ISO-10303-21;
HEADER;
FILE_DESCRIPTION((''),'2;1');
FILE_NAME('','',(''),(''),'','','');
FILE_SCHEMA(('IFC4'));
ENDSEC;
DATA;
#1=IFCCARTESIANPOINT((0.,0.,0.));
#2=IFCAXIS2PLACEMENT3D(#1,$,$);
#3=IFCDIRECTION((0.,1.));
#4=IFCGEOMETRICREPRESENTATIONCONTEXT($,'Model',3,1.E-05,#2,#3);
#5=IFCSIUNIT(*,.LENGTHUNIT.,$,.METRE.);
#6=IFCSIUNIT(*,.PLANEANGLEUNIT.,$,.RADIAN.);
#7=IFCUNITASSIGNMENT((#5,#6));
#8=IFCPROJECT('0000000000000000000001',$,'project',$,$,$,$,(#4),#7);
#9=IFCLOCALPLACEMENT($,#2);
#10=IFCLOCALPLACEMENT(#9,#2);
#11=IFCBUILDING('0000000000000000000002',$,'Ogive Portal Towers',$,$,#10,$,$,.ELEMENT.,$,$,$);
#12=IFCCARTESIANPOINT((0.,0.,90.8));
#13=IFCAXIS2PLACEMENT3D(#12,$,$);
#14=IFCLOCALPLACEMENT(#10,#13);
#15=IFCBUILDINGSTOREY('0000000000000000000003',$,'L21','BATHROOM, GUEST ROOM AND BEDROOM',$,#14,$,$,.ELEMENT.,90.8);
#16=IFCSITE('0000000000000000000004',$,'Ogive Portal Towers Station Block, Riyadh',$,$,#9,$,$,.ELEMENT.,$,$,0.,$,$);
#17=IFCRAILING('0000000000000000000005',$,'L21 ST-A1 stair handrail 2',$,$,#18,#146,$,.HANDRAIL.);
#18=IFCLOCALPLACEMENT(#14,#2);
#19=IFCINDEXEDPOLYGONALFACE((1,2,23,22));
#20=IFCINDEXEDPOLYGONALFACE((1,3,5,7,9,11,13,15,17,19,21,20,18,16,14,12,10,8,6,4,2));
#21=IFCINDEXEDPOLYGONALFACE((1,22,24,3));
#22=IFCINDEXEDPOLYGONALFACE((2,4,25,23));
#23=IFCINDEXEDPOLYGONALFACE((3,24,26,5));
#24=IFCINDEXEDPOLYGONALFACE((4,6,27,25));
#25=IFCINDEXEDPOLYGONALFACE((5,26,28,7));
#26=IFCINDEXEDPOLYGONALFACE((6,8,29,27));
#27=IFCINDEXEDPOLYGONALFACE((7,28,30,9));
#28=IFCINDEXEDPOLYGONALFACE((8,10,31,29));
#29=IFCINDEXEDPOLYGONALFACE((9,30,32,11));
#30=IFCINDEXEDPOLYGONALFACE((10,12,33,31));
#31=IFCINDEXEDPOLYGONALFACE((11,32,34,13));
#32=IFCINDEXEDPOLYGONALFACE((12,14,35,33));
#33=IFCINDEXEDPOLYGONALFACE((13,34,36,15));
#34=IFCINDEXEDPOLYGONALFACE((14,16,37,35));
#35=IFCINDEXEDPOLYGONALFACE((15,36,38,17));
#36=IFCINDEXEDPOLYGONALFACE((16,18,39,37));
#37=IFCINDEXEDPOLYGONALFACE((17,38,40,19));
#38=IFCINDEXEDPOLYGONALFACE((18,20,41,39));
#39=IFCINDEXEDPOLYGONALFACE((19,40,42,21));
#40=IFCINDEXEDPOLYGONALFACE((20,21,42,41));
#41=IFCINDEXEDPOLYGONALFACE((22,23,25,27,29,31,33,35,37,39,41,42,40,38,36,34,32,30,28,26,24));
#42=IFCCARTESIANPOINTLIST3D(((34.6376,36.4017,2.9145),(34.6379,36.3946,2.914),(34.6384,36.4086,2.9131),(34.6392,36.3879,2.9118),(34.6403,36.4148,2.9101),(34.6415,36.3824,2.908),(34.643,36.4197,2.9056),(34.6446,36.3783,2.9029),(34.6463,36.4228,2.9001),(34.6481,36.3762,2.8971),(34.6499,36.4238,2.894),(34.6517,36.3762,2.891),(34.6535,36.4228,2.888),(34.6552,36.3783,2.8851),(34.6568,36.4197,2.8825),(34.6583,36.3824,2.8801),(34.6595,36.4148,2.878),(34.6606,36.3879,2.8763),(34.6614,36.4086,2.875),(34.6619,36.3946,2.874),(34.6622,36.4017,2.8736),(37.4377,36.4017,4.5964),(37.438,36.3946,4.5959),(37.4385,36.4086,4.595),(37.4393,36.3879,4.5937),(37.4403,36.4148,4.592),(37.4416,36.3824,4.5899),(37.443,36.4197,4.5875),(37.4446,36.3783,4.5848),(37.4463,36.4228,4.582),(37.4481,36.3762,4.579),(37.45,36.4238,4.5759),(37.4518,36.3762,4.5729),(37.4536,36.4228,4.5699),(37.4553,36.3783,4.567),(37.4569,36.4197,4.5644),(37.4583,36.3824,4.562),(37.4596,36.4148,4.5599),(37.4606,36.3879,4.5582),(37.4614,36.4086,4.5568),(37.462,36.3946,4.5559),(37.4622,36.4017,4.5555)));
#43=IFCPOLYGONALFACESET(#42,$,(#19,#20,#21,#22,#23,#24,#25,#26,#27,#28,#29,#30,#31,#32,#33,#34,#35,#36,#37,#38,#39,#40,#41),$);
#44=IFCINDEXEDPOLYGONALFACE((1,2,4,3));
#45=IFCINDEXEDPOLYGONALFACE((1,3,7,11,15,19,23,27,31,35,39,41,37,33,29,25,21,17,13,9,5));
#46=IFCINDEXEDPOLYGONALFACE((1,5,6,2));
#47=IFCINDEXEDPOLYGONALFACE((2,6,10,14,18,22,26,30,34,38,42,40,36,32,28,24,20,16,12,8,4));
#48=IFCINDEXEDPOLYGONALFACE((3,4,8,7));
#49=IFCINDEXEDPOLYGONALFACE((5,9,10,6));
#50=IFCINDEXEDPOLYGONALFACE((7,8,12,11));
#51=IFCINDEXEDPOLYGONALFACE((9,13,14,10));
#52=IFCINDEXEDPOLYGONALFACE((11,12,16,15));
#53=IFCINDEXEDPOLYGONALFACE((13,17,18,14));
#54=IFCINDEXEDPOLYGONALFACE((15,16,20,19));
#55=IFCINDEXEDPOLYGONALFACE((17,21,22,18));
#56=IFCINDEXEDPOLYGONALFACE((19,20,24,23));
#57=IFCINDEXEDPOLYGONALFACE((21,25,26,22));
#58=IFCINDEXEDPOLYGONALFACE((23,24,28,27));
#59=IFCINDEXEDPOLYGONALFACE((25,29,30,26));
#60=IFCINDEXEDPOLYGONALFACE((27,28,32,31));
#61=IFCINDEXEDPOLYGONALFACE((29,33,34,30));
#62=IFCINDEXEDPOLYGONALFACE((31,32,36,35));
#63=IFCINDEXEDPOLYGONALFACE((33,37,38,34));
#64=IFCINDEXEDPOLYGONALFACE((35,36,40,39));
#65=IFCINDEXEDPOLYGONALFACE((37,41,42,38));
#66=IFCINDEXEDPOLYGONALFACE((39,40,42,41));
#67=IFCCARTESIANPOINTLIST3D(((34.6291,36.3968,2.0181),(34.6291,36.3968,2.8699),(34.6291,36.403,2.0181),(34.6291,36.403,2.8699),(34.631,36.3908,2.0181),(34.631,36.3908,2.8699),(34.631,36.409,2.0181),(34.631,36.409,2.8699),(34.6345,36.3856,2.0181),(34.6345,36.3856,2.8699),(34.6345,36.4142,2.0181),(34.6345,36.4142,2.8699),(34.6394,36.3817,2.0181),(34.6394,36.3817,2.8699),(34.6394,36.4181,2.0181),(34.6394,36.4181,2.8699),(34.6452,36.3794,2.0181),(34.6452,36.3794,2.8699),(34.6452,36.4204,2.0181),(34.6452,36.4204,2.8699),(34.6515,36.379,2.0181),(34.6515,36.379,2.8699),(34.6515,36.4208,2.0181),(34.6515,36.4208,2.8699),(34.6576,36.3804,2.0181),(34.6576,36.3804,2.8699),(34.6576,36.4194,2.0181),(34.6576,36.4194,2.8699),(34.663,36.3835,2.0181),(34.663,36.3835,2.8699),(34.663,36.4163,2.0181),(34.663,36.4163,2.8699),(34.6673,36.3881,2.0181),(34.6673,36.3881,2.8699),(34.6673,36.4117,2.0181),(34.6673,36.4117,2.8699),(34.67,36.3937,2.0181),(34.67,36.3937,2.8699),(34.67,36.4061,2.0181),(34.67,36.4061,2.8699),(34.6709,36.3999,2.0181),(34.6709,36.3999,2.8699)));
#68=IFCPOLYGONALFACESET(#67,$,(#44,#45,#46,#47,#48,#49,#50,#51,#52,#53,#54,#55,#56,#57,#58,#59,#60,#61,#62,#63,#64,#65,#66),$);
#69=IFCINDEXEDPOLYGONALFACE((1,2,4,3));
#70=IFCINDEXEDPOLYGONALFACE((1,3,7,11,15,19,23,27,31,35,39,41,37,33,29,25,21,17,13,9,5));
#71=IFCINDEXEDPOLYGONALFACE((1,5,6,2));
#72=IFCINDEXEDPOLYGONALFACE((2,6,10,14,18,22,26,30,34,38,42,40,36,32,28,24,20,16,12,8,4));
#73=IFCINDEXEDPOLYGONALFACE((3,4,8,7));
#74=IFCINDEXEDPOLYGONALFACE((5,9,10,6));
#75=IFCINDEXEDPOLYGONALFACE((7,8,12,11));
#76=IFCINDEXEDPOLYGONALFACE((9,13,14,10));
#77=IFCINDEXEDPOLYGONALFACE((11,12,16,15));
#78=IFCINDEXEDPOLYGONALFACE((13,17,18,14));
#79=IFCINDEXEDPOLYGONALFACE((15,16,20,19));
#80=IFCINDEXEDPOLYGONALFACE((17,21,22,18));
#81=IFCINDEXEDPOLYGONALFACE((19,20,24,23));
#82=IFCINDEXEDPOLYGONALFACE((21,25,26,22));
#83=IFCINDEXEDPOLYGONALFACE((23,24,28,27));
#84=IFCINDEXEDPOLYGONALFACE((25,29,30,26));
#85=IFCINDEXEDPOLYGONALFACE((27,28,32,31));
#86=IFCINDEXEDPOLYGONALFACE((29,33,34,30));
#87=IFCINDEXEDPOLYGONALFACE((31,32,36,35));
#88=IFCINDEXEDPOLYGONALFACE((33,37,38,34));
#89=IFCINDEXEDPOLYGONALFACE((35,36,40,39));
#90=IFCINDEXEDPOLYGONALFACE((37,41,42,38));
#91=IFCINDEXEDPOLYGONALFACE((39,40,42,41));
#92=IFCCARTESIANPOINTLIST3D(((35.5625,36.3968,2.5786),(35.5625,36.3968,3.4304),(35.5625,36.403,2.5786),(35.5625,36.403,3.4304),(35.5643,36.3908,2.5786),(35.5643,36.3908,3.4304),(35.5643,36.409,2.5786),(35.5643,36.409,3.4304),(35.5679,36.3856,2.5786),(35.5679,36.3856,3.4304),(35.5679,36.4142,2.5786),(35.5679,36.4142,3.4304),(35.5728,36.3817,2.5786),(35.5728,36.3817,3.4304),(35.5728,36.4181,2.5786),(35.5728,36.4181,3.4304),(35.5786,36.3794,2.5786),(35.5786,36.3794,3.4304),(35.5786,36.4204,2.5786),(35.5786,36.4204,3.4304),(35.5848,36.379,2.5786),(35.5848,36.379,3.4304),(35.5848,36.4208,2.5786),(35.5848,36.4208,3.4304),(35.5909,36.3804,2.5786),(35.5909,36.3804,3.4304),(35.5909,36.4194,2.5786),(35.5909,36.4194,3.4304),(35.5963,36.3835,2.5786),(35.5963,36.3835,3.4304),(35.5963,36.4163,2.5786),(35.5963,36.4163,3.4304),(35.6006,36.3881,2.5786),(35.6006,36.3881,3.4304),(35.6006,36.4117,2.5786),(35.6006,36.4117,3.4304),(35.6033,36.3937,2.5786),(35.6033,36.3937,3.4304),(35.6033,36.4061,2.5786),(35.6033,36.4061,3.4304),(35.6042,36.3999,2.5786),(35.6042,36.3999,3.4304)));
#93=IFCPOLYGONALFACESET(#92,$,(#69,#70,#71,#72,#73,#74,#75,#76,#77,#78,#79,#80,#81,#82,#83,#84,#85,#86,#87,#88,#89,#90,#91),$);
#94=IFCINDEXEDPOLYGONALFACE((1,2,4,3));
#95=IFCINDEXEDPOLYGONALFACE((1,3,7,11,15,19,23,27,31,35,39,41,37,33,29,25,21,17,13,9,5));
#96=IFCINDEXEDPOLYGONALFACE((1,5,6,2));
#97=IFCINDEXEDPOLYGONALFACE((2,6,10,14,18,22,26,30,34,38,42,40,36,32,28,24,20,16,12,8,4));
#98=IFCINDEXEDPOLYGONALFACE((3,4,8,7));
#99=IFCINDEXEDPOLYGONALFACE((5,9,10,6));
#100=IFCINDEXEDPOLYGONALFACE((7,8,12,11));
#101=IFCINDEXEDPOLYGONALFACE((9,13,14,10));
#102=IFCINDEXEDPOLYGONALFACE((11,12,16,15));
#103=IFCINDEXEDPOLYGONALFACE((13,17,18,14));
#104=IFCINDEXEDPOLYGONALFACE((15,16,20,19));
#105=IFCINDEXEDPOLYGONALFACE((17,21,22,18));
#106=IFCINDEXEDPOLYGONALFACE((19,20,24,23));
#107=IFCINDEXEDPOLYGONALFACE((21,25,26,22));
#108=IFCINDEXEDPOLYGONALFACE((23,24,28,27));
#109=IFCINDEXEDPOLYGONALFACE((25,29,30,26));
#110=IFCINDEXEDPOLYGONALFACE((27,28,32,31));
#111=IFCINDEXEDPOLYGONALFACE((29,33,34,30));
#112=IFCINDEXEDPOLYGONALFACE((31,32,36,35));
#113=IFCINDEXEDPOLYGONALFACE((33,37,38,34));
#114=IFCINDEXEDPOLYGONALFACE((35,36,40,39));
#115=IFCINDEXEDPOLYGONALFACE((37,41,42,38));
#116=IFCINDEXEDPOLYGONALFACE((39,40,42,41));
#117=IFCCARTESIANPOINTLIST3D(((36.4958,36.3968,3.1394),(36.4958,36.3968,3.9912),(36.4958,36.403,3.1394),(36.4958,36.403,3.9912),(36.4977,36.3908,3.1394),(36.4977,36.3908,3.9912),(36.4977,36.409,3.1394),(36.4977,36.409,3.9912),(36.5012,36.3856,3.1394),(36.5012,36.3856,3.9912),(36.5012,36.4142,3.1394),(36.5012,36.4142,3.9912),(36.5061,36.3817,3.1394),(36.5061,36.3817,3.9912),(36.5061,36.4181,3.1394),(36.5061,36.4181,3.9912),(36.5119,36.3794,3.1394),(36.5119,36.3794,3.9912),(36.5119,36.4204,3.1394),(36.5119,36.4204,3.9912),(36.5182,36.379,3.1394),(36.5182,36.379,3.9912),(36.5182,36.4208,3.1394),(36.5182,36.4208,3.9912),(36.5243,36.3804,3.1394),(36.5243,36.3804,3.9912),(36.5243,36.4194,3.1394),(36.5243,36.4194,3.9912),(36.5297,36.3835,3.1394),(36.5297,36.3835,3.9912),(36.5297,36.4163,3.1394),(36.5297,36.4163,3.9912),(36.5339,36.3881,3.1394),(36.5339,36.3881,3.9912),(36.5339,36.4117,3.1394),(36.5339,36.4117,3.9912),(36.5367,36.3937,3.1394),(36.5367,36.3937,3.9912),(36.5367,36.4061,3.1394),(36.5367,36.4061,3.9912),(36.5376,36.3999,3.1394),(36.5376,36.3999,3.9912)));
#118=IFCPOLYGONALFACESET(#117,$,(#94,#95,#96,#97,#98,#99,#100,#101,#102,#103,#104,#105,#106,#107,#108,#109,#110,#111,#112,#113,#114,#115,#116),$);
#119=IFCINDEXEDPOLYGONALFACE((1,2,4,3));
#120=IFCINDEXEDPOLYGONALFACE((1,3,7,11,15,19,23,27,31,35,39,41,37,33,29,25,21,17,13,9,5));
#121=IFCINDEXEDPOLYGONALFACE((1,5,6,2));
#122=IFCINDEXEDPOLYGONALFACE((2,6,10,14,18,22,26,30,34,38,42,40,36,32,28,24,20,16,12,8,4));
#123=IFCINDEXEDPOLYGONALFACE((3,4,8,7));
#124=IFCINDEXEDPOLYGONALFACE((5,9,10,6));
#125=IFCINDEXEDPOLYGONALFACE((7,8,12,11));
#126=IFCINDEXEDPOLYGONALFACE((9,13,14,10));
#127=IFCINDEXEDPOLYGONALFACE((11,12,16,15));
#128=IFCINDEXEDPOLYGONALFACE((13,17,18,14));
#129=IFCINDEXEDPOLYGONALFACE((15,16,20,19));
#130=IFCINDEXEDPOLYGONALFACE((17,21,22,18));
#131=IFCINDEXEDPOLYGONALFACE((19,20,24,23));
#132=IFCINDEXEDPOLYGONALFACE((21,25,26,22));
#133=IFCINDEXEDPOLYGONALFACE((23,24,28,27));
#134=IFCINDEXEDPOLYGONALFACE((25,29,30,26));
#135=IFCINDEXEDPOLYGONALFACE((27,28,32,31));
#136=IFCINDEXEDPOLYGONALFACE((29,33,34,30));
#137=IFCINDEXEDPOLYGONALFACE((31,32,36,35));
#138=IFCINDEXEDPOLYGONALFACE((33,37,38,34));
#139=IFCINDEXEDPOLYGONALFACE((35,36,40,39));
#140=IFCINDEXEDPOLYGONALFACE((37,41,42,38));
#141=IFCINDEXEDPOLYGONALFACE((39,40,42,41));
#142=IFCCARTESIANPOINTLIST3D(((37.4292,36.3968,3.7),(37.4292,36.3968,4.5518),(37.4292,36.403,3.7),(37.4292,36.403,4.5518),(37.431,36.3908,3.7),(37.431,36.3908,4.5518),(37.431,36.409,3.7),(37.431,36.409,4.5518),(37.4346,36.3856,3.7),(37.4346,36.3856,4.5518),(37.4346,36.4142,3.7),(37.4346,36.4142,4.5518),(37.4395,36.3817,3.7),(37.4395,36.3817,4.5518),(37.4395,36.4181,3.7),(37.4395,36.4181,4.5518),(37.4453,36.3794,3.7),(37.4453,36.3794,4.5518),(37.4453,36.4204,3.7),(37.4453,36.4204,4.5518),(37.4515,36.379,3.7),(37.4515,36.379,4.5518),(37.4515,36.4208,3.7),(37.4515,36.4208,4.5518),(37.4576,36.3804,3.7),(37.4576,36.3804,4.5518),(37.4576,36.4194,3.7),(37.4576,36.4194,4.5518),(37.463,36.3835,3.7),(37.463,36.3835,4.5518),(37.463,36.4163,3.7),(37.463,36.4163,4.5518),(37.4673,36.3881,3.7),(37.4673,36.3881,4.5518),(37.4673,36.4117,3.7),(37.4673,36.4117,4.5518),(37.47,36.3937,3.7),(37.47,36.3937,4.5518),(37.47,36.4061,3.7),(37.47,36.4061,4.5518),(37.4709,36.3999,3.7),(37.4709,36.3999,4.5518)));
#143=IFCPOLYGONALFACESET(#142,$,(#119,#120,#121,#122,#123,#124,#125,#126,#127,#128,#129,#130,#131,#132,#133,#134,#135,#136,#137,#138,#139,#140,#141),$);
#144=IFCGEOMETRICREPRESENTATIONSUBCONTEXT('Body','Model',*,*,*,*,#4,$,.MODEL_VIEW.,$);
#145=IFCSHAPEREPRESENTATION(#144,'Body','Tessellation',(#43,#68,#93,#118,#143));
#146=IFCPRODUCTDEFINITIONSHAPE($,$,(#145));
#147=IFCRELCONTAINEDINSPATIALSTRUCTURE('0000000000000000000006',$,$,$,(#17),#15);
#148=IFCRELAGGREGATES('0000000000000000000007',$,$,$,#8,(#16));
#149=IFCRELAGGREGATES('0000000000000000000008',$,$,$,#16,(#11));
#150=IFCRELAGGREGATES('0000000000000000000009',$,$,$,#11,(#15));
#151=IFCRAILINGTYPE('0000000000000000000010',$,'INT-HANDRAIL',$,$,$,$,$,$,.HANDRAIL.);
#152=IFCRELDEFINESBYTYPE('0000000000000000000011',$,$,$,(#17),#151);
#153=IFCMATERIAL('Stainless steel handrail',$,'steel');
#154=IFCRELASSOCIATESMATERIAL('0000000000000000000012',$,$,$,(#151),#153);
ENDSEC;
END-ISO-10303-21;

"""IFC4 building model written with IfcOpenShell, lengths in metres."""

from ifc_helpers import new_model, si_unit, direction, frame, origin, origin_2d, place, context, subcontext, project, spatial, circle, extrude, material, type_object, element, save


model = new_model("IFC4")

# Units and contexts
model_context = context("Model", 3, precision=1e-05, world=origin(), true_north=direction((0.0, 1.0)))
body_context = subcontext(model_context, "Body", "Model", "MODEL_VIEW")
ifc_project = project(units=[si_unit("LENGTHUNIT", "METRE"), si_unit("PLANEANGLEUNIT", "RADIAN")], contexts=[model_context])

# Site, building, storey
site_placement = place(None, origin())
site = spatial("IfcSite", under=ifc_project, at=site_placement, Name="Ogive Portal Towers Station Block, Riyadh", CompositionType="ELEMENT", RefElevation=0.0)
building_placement = place(site_placement, origin())
building = spatial("IfcBuilding", under=site, at=building_placement, Name="Ogive Portal Towers", CompositionType="ELEMENT")
storey_placement = place(building_placement, frame((0.0, 0.0, 90.8)))
storey = spatial("IfcBuildingStorey", under=building, at=storey_placement, Name="L21", Description="BATHROOM, GUEST ROOM AND BEDROOM", CompositionType="ELEMENT", Elevation=90.8)

# Railing
ifc_material_1 = material(Name="Stainless steel handrail", Category="steel")
railing_type_1 = type_object("IfcRailingType", Name="INT-HANDRAIL", PredefinedType="HANDRAIL", material=ifc_material_1)
railing_1_placement = place(storey_placement, frame((34.6499, 36.3999, 2.0181)))
element("IfcRailing", 1, at=railing_1_placement, inside=storey, type_object=railing_type_1, Name="L21 ST-A1 stair handrail 2", PredefinedType="HANDRAIL", context=body_context, shape_type="SweptSolid", body=[
    extrude(circle(Radius=0.0239, at=origin_2d()), frame((0.0, 0.0, 0.876), z_axis=(0.857242, 0.0, 0.514913), x_axis=(0.0, 1.0, 0.0)), (0.0, 0.0, 1.0), 3.2664),
    extrude(circle(Radius=0.021, at=origin_2d()), origin(), (0.0, 0.0, 1.0), 0.8518),
    extrude(circle(Radius=0.021, at=origin_2d()), frame((0.9333, 0.0, 0.5605)), (0.0, 0.0, 1.0), 0.8518),
    extrude(circle(Radius=0.021, at=origin_2d()), frame((1.8667, 0.0, 1.1213)), (0.0, 0.0, 1.0), 0.8518),
    extrude(circle(Radius=0.021, at=origin_2d()), frame((2.8, 0.0, 1.6819)), (0.0, 0.0, 1.0), 0.8518),
])

save(model, "model.ifc")
